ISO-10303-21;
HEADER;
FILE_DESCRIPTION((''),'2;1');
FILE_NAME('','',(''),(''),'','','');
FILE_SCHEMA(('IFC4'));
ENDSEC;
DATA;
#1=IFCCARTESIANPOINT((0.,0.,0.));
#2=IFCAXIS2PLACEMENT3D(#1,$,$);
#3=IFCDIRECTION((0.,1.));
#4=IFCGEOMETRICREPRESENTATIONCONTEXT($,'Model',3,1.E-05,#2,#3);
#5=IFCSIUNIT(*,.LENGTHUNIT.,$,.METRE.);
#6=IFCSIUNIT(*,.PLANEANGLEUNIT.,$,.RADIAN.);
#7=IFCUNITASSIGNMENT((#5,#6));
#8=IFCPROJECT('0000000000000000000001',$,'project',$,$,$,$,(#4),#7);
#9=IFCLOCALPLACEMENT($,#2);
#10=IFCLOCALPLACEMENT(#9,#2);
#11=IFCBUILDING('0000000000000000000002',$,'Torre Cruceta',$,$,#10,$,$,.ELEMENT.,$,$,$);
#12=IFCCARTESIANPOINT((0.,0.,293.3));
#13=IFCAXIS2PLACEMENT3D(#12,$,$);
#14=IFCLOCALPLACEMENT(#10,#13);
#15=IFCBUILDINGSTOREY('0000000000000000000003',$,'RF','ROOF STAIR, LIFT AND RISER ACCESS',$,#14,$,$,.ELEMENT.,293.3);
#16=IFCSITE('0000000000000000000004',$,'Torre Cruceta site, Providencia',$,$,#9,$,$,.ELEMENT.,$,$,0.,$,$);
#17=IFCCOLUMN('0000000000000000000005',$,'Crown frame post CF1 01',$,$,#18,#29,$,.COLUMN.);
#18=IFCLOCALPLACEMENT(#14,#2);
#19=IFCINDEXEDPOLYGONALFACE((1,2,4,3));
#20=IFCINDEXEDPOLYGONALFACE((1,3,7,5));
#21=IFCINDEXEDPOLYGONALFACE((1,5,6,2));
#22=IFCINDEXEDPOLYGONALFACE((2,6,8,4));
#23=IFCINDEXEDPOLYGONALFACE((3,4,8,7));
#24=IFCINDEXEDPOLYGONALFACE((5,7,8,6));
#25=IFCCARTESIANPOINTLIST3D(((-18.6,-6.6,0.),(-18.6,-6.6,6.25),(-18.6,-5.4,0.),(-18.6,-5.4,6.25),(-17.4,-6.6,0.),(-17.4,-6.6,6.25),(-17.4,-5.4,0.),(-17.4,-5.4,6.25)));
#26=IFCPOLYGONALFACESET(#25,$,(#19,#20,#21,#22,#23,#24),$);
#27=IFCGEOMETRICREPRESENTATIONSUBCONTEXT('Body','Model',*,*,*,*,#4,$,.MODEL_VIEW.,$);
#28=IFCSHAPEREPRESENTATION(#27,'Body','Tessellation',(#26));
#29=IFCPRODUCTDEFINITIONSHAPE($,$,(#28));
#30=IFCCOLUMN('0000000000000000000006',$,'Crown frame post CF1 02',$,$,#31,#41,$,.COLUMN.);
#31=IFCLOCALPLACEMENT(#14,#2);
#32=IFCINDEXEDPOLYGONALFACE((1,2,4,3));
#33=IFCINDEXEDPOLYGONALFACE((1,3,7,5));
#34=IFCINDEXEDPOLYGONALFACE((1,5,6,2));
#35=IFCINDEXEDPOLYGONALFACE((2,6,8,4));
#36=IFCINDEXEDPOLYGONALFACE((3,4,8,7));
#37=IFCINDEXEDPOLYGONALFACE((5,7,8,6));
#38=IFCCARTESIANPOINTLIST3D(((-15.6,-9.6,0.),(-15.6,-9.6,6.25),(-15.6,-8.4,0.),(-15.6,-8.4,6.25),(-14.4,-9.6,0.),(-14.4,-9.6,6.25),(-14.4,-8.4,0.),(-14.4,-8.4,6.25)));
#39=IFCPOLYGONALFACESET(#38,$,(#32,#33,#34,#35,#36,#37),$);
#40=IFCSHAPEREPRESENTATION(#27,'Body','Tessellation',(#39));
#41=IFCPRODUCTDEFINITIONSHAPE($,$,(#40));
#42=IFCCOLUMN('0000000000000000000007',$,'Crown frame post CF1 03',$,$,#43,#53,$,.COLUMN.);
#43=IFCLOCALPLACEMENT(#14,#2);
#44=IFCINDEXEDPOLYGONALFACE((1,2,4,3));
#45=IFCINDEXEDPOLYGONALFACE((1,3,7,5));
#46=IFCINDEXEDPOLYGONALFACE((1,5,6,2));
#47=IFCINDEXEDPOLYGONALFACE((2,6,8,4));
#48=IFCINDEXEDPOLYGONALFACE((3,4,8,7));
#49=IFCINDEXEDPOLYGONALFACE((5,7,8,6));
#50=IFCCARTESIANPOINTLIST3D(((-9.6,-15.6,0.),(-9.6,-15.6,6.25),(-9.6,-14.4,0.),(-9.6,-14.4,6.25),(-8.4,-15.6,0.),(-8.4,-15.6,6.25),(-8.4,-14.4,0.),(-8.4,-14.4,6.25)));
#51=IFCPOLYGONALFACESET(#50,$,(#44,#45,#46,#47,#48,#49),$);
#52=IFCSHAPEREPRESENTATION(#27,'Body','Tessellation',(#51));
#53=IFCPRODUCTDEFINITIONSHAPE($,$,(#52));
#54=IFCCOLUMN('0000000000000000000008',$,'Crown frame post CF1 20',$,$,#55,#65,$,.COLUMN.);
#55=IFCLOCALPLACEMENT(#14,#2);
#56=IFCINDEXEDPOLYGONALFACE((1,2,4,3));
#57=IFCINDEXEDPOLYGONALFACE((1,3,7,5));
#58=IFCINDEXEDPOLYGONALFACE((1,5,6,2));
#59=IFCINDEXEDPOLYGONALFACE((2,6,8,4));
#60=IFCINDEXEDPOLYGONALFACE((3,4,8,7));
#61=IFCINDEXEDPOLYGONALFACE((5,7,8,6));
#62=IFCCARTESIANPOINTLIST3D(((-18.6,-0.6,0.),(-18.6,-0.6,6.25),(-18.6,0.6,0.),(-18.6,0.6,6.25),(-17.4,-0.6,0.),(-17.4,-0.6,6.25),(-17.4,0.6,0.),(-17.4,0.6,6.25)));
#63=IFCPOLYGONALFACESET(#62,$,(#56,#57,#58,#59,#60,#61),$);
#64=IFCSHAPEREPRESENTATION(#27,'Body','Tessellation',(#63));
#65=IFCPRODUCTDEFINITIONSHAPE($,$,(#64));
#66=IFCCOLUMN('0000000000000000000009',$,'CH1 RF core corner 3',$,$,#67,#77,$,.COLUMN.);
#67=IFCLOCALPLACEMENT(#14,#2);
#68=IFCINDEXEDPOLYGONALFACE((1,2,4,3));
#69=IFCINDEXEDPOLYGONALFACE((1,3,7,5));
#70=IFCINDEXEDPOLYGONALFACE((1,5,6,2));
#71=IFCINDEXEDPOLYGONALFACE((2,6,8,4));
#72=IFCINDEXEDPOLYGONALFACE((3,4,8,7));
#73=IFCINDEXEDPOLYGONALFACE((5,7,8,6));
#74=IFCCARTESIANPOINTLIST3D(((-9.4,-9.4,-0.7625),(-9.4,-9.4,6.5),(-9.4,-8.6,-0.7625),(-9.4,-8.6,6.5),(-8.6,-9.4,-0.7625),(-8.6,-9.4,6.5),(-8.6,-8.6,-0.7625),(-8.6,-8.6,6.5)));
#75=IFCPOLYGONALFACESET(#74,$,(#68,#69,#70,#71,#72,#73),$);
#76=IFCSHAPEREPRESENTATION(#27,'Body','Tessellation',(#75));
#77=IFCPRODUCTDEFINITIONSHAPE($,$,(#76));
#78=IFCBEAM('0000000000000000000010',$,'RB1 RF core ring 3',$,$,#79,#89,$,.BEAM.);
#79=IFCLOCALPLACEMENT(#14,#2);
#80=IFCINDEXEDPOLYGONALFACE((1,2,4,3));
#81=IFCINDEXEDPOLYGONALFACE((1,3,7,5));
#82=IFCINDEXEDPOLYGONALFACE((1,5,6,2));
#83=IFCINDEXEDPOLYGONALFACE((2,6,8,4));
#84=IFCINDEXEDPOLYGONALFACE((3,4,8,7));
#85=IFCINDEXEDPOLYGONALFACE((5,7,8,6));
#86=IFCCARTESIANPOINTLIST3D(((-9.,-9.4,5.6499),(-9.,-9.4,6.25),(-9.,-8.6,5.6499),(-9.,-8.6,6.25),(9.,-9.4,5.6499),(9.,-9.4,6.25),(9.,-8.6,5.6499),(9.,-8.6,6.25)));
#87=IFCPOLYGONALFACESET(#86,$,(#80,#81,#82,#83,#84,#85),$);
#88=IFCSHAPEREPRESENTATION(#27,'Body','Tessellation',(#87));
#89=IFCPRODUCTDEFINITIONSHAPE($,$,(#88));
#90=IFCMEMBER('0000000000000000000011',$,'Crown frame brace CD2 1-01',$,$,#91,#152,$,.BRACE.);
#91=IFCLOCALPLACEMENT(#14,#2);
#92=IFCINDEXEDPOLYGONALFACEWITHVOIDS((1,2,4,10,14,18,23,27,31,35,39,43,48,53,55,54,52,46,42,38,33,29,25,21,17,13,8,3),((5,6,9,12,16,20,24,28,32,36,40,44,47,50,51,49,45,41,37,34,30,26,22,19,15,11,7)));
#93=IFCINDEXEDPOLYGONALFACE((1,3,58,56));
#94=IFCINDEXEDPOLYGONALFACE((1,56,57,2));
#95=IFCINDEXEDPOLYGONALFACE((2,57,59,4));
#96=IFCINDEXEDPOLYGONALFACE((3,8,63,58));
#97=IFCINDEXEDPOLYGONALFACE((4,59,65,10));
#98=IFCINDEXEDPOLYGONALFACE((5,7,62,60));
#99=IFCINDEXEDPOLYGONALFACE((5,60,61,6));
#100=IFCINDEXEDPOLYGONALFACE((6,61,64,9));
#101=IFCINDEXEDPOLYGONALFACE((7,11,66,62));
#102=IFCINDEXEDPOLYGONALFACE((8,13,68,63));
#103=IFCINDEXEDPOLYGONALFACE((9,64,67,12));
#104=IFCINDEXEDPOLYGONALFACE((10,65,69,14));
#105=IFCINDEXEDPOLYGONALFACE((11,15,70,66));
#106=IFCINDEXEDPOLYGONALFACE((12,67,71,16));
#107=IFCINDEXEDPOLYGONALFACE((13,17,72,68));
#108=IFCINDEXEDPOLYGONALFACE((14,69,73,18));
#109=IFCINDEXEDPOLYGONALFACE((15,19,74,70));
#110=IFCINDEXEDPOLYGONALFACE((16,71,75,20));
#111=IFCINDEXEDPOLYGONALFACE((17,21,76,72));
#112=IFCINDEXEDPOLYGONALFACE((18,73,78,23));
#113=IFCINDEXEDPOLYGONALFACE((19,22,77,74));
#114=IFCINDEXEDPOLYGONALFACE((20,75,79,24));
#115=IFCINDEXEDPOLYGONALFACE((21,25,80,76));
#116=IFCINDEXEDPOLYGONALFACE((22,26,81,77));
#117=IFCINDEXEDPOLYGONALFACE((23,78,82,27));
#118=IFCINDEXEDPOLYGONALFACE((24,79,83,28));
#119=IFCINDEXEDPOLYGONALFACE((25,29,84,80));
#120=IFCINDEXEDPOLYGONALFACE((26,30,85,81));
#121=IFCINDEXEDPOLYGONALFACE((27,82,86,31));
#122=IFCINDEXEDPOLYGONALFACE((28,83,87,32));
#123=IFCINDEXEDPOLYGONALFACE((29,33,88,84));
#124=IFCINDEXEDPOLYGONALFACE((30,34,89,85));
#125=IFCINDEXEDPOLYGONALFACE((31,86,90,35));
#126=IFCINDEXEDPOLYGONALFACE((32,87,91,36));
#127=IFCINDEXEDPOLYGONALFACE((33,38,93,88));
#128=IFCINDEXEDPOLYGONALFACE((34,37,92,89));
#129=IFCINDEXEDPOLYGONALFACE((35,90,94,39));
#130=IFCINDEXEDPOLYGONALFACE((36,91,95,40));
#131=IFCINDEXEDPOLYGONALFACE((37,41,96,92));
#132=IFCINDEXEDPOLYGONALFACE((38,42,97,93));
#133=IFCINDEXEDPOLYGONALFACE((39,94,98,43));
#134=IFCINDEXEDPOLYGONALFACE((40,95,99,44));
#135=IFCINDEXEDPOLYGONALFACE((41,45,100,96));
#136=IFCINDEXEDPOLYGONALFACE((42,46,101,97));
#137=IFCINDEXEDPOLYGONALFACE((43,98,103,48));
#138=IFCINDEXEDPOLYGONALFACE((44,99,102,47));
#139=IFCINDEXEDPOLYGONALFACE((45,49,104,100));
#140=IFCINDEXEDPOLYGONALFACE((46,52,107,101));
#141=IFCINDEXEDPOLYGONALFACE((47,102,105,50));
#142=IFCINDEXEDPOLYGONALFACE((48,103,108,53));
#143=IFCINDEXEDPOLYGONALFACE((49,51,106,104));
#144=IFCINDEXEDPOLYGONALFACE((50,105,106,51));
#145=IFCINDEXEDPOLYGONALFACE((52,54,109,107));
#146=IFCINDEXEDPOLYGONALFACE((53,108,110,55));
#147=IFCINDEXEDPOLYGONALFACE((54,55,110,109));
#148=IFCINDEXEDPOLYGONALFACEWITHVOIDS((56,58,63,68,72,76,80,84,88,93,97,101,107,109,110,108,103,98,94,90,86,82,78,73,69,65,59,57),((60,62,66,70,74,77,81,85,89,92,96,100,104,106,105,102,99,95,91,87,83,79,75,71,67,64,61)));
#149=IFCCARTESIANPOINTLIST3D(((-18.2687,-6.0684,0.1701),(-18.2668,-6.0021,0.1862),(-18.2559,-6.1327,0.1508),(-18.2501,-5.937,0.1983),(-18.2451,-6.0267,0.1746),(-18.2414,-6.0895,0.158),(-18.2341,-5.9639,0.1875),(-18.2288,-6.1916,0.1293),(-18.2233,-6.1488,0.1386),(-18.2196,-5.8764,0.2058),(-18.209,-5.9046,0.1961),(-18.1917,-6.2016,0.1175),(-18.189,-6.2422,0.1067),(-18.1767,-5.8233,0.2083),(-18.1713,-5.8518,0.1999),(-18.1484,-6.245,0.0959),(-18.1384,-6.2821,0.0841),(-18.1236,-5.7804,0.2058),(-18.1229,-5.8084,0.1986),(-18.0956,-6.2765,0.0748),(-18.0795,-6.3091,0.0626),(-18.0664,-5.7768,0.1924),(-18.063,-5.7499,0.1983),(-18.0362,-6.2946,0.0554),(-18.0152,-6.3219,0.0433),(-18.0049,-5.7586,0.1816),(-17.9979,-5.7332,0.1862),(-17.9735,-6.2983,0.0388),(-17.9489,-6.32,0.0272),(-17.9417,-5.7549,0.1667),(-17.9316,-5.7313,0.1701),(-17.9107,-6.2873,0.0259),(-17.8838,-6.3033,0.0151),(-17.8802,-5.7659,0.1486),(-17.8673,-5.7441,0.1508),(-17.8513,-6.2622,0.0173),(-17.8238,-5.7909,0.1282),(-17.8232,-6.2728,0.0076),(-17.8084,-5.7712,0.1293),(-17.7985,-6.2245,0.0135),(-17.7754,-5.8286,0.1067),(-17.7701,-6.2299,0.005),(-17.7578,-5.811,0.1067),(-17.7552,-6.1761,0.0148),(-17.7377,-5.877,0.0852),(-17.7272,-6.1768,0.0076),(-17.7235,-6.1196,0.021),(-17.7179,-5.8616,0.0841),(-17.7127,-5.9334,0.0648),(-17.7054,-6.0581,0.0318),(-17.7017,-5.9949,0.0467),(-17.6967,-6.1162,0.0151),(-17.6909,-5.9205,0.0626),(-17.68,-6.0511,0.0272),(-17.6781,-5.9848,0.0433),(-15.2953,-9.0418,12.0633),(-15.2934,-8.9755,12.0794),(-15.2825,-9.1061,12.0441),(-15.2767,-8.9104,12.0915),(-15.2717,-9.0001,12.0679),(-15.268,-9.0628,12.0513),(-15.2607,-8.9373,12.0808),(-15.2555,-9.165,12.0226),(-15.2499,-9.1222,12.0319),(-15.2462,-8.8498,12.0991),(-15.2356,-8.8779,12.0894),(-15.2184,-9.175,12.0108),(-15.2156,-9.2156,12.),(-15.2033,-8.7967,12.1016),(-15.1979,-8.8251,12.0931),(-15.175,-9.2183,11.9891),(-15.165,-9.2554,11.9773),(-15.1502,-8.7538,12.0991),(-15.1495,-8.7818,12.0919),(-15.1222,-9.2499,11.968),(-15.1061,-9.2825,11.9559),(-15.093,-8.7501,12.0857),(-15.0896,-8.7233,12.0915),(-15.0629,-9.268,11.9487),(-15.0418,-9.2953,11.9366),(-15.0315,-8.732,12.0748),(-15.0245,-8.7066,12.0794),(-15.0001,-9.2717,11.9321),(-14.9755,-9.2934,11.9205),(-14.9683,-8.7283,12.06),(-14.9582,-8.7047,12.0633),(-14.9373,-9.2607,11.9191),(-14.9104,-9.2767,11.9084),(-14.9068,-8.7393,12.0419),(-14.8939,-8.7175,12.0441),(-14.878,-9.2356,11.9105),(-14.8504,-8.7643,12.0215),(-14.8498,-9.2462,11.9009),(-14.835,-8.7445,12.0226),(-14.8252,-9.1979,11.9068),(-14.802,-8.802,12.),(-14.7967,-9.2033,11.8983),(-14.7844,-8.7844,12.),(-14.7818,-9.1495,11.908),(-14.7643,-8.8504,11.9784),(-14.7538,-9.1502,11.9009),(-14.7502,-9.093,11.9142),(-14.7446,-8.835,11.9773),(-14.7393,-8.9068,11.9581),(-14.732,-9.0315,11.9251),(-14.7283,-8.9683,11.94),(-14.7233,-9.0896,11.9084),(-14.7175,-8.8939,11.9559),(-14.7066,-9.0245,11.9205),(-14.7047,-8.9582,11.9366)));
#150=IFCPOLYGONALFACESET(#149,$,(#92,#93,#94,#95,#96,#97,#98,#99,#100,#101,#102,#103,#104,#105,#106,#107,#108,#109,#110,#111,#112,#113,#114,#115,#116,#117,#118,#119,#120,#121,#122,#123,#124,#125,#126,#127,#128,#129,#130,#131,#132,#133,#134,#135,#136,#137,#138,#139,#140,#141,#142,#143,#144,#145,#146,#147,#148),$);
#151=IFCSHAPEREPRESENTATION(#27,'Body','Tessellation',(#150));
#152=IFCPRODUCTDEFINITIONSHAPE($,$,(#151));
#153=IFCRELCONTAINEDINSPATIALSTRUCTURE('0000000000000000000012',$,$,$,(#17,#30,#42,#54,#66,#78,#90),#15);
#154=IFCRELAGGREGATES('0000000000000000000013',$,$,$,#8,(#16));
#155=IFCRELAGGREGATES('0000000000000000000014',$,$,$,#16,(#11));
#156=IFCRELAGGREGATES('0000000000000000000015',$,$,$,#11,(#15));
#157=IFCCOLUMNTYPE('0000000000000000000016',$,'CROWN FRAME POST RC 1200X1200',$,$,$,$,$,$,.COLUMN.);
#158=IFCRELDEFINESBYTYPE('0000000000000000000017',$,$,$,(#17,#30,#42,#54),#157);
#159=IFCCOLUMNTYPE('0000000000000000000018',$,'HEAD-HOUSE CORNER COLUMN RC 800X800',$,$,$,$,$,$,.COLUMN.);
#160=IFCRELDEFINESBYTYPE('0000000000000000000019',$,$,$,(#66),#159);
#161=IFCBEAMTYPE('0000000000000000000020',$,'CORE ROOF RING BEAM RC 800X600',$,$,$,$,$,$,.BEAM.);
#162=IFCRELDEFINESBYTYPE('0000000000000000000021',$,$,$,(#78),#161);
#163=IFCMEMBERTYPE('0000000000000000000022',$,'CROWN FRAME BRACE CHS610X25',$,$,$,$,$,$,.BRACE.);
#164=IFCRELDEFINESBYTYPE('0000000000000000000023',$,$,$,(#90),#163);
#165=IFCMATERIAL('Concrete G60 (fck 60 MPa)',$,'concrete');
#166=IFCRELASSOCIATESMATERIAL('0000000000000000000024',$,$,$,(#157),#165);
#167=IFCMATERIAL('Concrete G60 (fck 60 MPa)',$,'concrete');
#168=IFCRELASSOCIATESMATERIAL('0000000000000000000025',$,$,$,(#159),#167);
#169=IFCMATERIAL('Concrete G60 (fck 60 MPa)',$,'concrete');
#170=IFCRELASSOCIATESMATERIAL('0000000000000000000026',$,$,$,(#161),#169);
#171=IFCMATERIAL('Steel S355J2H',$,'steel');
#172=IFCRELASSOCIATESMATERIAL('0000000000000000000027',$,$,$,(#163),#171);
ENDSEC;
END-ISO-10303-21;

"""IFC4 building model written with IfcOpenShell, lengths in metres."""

from ifc_helpers import new_model, si_unit, direction, frame, origin, origin_2d, place, context, subcontext, project, spatial, rectangle, hollow_circle, extrude, material, material_profile, profile_set, type_object, element, save


model = new_model("IFC4")

# Units and contexts
model_context = context("Model", 3, precision=1e-05, world=origin(), true_north=direction((0.0, 1.0)))
body_context = subcontext(model_context, "Body", "Model", "MODEL_VIEW")
ifc_project = project(units=[si_unit("LENGTHUNIT", "METRE"), si_unit("PLANEANGLEUNIT", "RADIAN")], contexts=[model_context])

# Site, building, storey
site_placement = place(None, origin())
site = spatial("IfcSite", under=ifc_project, at=site_placement, Name="Torre Cruceta site, Providencia", CompositionType="ELEMENT", RefElevation=0.0)
building_placement = place(site_placement, origin())
building = spatial("IfcBuilding", under=site, at=building_placement, Name="Torre Cruceta", CompositionType="ELEMENT")
storey_placement = place(building_placement, frame((0.0, 0.0, 293.3)))
storey = spatial("IfcBuildingStorey", under=building, at=storey_placement, Name="RF", Description="ROOF STAIR, LIFT AND RISER ACCESS", CompositionType="ELEMENT", Elevation=293.3)

# Columns
ifc_material_1 = material(Name="Concrete G60 (fck 60 MPa)", Category="concrete")
ifc_material_profile_1 = material_profile(ifc_material_1, rectangle(XDim=1.2, YDim=1.2, at=origin_2d()), Name="RC 1200X1200")
ifc_profile_set_1 = profile_set([ifc_material_profile_1], Name="Concrete G60 (fck 60 MPa)")
column_type_1 = type_object("IfcColumnType", Name="CROWN FRAME POST RC 1200X1200", PredefinedType="COLUMN", material=ifc_profile_set_1)
for number, where, z_axis, x_axis, name in (
    (1, (-18.0, -6.0, 0.0), (0.0, 0.0, 1.0), (1.0, 0.0, 0.0), "Crown frame post CF1 01"),
    (2, (-15.0, -9.0, 0.0), (0.0, 0.0, 1.0), (1.0, 0.0, 0.0), "Crown frame post CF1 02"),
    (3, (-9.0, -15.0, 0.0), (0.0, 0.0, 1.0), (1.0, 0.0, 0.0), "Crown frame post CF1 03"),
    (4, (-18.0, 0.0, 0.0), (0.0, 0.0, 1.0), (1.0, 0.0, 0.0), "Crown frame post CF1 20"),
):
    element("IfcColumn", number, at=place(storey_placement, frame(where, z_axis=z_axis, x_axis=x_axis)), inside=storey, type_object=column_type_1, Name=name, PredefinedType="COLUMN", context=body_context, shape_type="SweptSolid", body=[
        extrude(rectangle(XDim=1.2, YDim=1.2, at=origin_2d()), origin(), (0.0, 0.0, 1.0), 6.25),
    ])
ifc_material_2 = material(Name="Concrete G60 (fck 60 MPa)", Category="concrete")
ifc_material_profile_2 = material_profile(ifc_material_2, rectangle(XDim=0.8, YDim=0.8, at=origin_2d()), Name="RC 800X800")
ifc_profile_set_2 = profile_set([ifc_material_profile_2], Name="Concrete G60 (fck 60 MPa)")
column_type_2 = type_object("IfcColumnType", Name="HEAD-HOUSE CORNER COLUMN RC 800X800", PredefinedType="COLUMN", material=ifc_profile_set_2)
column_placement = place(storey_placement, frame((-9.0, -9.0, -0.7625), z_axis=(0.0, 0.0, 1.0), x_axis=(1.0, 0.0, 0.0)))
element("IfcColumn", 5, at=column_placement, inside=storey, type_object=column_type_2, Name="CH1 RF core corner 3", PredefinedType="COLUMN", context=body_context, shape_type="SweptSolid", body=[
    extrude(rectangle(XDim=0.8, YDim=0.8, at=origin_2d()), origin(), (0.0, 0.0, 1.0), 7.2625),
])

# Beam
ifc_material_3 = material(Name="Concrete G60 (fck 60 MPa)", Category="concrete")
ifc_material_profile_3 = material_profile(ifc_material_3, rectangle(XDim=0.8, YDim=0.6001, at=origin_2d()), Name="RC 800X600")
ifc_profile_set_3 = profile_set([ifc_material_profile_3], Name="Concrete G60 (fck 60 MPa)")
beam_type_1 = type_object("IfcBeamType", Name="CORE ROOF RING BEAM RC 800X600", PredefinedType="BEAM", material=ifc_profile_set_3)
beam_1_placement = place(storey_placement, frame((-9.0, -9.0, 5.95), z_axis=(1.0, 0.0, 0.0), x_axis=(0.0, 1.0, 0.0)))
element("IfcBeam", 6, at=beam_1_placement, inside=storey, type_object=beam_type_1, Name="RB1 RF core ring 3", PredefinedType="BEAM", context=body_context, shape_type="SweptSolid", body=[
    extrude(rectangle(XDim=0.8, YDim=0.6001, at=origin_2d()), origin(), (0.0, 0.0, 1.0), 18.0),
])

# Member
ifc_material_4 = material(Name="Steel S355J2H", Category="steel")
ifc_material_profile_4 = material_profile(ifc_material_4, hollow_circle(Radius=0.3049, WallThickness=0.0249, at=origin_2d()), Name="CHS610X25")
ifc_profile_set_4 = profile_set([ifc_material_profile_4], Name="Steel S355J2H")
member_type_1 = type_object("IfcMemberType", Name="CROWN FRAME BRACE CHS610X25", PredefinedType="BRACE", material=ifc_profile_set_4)
member_1_placement = place(storey_placement, frame((-17.9734, -6.0266, 0.1067), z_axis=(0.235707, -0.235707, 0.942807), x_axis=(0.707107, 0.707107, 0.0)))
element("IfcMember", 7, at=member_1_placement, inside=storey, type_object=member_type_1, Name="Crown frame brace CD2 1-01", PredefinedType="BRACE", context=body_context, shape_type="SweptSolid", body=[
    extrude(hollow_circle(Radius=0.3049, WallThickness=0.0249, at=origin_2d()), origin(), (0.0, 0.0, 1.0), 12.6147),
])

save(model, "model.ifc")
